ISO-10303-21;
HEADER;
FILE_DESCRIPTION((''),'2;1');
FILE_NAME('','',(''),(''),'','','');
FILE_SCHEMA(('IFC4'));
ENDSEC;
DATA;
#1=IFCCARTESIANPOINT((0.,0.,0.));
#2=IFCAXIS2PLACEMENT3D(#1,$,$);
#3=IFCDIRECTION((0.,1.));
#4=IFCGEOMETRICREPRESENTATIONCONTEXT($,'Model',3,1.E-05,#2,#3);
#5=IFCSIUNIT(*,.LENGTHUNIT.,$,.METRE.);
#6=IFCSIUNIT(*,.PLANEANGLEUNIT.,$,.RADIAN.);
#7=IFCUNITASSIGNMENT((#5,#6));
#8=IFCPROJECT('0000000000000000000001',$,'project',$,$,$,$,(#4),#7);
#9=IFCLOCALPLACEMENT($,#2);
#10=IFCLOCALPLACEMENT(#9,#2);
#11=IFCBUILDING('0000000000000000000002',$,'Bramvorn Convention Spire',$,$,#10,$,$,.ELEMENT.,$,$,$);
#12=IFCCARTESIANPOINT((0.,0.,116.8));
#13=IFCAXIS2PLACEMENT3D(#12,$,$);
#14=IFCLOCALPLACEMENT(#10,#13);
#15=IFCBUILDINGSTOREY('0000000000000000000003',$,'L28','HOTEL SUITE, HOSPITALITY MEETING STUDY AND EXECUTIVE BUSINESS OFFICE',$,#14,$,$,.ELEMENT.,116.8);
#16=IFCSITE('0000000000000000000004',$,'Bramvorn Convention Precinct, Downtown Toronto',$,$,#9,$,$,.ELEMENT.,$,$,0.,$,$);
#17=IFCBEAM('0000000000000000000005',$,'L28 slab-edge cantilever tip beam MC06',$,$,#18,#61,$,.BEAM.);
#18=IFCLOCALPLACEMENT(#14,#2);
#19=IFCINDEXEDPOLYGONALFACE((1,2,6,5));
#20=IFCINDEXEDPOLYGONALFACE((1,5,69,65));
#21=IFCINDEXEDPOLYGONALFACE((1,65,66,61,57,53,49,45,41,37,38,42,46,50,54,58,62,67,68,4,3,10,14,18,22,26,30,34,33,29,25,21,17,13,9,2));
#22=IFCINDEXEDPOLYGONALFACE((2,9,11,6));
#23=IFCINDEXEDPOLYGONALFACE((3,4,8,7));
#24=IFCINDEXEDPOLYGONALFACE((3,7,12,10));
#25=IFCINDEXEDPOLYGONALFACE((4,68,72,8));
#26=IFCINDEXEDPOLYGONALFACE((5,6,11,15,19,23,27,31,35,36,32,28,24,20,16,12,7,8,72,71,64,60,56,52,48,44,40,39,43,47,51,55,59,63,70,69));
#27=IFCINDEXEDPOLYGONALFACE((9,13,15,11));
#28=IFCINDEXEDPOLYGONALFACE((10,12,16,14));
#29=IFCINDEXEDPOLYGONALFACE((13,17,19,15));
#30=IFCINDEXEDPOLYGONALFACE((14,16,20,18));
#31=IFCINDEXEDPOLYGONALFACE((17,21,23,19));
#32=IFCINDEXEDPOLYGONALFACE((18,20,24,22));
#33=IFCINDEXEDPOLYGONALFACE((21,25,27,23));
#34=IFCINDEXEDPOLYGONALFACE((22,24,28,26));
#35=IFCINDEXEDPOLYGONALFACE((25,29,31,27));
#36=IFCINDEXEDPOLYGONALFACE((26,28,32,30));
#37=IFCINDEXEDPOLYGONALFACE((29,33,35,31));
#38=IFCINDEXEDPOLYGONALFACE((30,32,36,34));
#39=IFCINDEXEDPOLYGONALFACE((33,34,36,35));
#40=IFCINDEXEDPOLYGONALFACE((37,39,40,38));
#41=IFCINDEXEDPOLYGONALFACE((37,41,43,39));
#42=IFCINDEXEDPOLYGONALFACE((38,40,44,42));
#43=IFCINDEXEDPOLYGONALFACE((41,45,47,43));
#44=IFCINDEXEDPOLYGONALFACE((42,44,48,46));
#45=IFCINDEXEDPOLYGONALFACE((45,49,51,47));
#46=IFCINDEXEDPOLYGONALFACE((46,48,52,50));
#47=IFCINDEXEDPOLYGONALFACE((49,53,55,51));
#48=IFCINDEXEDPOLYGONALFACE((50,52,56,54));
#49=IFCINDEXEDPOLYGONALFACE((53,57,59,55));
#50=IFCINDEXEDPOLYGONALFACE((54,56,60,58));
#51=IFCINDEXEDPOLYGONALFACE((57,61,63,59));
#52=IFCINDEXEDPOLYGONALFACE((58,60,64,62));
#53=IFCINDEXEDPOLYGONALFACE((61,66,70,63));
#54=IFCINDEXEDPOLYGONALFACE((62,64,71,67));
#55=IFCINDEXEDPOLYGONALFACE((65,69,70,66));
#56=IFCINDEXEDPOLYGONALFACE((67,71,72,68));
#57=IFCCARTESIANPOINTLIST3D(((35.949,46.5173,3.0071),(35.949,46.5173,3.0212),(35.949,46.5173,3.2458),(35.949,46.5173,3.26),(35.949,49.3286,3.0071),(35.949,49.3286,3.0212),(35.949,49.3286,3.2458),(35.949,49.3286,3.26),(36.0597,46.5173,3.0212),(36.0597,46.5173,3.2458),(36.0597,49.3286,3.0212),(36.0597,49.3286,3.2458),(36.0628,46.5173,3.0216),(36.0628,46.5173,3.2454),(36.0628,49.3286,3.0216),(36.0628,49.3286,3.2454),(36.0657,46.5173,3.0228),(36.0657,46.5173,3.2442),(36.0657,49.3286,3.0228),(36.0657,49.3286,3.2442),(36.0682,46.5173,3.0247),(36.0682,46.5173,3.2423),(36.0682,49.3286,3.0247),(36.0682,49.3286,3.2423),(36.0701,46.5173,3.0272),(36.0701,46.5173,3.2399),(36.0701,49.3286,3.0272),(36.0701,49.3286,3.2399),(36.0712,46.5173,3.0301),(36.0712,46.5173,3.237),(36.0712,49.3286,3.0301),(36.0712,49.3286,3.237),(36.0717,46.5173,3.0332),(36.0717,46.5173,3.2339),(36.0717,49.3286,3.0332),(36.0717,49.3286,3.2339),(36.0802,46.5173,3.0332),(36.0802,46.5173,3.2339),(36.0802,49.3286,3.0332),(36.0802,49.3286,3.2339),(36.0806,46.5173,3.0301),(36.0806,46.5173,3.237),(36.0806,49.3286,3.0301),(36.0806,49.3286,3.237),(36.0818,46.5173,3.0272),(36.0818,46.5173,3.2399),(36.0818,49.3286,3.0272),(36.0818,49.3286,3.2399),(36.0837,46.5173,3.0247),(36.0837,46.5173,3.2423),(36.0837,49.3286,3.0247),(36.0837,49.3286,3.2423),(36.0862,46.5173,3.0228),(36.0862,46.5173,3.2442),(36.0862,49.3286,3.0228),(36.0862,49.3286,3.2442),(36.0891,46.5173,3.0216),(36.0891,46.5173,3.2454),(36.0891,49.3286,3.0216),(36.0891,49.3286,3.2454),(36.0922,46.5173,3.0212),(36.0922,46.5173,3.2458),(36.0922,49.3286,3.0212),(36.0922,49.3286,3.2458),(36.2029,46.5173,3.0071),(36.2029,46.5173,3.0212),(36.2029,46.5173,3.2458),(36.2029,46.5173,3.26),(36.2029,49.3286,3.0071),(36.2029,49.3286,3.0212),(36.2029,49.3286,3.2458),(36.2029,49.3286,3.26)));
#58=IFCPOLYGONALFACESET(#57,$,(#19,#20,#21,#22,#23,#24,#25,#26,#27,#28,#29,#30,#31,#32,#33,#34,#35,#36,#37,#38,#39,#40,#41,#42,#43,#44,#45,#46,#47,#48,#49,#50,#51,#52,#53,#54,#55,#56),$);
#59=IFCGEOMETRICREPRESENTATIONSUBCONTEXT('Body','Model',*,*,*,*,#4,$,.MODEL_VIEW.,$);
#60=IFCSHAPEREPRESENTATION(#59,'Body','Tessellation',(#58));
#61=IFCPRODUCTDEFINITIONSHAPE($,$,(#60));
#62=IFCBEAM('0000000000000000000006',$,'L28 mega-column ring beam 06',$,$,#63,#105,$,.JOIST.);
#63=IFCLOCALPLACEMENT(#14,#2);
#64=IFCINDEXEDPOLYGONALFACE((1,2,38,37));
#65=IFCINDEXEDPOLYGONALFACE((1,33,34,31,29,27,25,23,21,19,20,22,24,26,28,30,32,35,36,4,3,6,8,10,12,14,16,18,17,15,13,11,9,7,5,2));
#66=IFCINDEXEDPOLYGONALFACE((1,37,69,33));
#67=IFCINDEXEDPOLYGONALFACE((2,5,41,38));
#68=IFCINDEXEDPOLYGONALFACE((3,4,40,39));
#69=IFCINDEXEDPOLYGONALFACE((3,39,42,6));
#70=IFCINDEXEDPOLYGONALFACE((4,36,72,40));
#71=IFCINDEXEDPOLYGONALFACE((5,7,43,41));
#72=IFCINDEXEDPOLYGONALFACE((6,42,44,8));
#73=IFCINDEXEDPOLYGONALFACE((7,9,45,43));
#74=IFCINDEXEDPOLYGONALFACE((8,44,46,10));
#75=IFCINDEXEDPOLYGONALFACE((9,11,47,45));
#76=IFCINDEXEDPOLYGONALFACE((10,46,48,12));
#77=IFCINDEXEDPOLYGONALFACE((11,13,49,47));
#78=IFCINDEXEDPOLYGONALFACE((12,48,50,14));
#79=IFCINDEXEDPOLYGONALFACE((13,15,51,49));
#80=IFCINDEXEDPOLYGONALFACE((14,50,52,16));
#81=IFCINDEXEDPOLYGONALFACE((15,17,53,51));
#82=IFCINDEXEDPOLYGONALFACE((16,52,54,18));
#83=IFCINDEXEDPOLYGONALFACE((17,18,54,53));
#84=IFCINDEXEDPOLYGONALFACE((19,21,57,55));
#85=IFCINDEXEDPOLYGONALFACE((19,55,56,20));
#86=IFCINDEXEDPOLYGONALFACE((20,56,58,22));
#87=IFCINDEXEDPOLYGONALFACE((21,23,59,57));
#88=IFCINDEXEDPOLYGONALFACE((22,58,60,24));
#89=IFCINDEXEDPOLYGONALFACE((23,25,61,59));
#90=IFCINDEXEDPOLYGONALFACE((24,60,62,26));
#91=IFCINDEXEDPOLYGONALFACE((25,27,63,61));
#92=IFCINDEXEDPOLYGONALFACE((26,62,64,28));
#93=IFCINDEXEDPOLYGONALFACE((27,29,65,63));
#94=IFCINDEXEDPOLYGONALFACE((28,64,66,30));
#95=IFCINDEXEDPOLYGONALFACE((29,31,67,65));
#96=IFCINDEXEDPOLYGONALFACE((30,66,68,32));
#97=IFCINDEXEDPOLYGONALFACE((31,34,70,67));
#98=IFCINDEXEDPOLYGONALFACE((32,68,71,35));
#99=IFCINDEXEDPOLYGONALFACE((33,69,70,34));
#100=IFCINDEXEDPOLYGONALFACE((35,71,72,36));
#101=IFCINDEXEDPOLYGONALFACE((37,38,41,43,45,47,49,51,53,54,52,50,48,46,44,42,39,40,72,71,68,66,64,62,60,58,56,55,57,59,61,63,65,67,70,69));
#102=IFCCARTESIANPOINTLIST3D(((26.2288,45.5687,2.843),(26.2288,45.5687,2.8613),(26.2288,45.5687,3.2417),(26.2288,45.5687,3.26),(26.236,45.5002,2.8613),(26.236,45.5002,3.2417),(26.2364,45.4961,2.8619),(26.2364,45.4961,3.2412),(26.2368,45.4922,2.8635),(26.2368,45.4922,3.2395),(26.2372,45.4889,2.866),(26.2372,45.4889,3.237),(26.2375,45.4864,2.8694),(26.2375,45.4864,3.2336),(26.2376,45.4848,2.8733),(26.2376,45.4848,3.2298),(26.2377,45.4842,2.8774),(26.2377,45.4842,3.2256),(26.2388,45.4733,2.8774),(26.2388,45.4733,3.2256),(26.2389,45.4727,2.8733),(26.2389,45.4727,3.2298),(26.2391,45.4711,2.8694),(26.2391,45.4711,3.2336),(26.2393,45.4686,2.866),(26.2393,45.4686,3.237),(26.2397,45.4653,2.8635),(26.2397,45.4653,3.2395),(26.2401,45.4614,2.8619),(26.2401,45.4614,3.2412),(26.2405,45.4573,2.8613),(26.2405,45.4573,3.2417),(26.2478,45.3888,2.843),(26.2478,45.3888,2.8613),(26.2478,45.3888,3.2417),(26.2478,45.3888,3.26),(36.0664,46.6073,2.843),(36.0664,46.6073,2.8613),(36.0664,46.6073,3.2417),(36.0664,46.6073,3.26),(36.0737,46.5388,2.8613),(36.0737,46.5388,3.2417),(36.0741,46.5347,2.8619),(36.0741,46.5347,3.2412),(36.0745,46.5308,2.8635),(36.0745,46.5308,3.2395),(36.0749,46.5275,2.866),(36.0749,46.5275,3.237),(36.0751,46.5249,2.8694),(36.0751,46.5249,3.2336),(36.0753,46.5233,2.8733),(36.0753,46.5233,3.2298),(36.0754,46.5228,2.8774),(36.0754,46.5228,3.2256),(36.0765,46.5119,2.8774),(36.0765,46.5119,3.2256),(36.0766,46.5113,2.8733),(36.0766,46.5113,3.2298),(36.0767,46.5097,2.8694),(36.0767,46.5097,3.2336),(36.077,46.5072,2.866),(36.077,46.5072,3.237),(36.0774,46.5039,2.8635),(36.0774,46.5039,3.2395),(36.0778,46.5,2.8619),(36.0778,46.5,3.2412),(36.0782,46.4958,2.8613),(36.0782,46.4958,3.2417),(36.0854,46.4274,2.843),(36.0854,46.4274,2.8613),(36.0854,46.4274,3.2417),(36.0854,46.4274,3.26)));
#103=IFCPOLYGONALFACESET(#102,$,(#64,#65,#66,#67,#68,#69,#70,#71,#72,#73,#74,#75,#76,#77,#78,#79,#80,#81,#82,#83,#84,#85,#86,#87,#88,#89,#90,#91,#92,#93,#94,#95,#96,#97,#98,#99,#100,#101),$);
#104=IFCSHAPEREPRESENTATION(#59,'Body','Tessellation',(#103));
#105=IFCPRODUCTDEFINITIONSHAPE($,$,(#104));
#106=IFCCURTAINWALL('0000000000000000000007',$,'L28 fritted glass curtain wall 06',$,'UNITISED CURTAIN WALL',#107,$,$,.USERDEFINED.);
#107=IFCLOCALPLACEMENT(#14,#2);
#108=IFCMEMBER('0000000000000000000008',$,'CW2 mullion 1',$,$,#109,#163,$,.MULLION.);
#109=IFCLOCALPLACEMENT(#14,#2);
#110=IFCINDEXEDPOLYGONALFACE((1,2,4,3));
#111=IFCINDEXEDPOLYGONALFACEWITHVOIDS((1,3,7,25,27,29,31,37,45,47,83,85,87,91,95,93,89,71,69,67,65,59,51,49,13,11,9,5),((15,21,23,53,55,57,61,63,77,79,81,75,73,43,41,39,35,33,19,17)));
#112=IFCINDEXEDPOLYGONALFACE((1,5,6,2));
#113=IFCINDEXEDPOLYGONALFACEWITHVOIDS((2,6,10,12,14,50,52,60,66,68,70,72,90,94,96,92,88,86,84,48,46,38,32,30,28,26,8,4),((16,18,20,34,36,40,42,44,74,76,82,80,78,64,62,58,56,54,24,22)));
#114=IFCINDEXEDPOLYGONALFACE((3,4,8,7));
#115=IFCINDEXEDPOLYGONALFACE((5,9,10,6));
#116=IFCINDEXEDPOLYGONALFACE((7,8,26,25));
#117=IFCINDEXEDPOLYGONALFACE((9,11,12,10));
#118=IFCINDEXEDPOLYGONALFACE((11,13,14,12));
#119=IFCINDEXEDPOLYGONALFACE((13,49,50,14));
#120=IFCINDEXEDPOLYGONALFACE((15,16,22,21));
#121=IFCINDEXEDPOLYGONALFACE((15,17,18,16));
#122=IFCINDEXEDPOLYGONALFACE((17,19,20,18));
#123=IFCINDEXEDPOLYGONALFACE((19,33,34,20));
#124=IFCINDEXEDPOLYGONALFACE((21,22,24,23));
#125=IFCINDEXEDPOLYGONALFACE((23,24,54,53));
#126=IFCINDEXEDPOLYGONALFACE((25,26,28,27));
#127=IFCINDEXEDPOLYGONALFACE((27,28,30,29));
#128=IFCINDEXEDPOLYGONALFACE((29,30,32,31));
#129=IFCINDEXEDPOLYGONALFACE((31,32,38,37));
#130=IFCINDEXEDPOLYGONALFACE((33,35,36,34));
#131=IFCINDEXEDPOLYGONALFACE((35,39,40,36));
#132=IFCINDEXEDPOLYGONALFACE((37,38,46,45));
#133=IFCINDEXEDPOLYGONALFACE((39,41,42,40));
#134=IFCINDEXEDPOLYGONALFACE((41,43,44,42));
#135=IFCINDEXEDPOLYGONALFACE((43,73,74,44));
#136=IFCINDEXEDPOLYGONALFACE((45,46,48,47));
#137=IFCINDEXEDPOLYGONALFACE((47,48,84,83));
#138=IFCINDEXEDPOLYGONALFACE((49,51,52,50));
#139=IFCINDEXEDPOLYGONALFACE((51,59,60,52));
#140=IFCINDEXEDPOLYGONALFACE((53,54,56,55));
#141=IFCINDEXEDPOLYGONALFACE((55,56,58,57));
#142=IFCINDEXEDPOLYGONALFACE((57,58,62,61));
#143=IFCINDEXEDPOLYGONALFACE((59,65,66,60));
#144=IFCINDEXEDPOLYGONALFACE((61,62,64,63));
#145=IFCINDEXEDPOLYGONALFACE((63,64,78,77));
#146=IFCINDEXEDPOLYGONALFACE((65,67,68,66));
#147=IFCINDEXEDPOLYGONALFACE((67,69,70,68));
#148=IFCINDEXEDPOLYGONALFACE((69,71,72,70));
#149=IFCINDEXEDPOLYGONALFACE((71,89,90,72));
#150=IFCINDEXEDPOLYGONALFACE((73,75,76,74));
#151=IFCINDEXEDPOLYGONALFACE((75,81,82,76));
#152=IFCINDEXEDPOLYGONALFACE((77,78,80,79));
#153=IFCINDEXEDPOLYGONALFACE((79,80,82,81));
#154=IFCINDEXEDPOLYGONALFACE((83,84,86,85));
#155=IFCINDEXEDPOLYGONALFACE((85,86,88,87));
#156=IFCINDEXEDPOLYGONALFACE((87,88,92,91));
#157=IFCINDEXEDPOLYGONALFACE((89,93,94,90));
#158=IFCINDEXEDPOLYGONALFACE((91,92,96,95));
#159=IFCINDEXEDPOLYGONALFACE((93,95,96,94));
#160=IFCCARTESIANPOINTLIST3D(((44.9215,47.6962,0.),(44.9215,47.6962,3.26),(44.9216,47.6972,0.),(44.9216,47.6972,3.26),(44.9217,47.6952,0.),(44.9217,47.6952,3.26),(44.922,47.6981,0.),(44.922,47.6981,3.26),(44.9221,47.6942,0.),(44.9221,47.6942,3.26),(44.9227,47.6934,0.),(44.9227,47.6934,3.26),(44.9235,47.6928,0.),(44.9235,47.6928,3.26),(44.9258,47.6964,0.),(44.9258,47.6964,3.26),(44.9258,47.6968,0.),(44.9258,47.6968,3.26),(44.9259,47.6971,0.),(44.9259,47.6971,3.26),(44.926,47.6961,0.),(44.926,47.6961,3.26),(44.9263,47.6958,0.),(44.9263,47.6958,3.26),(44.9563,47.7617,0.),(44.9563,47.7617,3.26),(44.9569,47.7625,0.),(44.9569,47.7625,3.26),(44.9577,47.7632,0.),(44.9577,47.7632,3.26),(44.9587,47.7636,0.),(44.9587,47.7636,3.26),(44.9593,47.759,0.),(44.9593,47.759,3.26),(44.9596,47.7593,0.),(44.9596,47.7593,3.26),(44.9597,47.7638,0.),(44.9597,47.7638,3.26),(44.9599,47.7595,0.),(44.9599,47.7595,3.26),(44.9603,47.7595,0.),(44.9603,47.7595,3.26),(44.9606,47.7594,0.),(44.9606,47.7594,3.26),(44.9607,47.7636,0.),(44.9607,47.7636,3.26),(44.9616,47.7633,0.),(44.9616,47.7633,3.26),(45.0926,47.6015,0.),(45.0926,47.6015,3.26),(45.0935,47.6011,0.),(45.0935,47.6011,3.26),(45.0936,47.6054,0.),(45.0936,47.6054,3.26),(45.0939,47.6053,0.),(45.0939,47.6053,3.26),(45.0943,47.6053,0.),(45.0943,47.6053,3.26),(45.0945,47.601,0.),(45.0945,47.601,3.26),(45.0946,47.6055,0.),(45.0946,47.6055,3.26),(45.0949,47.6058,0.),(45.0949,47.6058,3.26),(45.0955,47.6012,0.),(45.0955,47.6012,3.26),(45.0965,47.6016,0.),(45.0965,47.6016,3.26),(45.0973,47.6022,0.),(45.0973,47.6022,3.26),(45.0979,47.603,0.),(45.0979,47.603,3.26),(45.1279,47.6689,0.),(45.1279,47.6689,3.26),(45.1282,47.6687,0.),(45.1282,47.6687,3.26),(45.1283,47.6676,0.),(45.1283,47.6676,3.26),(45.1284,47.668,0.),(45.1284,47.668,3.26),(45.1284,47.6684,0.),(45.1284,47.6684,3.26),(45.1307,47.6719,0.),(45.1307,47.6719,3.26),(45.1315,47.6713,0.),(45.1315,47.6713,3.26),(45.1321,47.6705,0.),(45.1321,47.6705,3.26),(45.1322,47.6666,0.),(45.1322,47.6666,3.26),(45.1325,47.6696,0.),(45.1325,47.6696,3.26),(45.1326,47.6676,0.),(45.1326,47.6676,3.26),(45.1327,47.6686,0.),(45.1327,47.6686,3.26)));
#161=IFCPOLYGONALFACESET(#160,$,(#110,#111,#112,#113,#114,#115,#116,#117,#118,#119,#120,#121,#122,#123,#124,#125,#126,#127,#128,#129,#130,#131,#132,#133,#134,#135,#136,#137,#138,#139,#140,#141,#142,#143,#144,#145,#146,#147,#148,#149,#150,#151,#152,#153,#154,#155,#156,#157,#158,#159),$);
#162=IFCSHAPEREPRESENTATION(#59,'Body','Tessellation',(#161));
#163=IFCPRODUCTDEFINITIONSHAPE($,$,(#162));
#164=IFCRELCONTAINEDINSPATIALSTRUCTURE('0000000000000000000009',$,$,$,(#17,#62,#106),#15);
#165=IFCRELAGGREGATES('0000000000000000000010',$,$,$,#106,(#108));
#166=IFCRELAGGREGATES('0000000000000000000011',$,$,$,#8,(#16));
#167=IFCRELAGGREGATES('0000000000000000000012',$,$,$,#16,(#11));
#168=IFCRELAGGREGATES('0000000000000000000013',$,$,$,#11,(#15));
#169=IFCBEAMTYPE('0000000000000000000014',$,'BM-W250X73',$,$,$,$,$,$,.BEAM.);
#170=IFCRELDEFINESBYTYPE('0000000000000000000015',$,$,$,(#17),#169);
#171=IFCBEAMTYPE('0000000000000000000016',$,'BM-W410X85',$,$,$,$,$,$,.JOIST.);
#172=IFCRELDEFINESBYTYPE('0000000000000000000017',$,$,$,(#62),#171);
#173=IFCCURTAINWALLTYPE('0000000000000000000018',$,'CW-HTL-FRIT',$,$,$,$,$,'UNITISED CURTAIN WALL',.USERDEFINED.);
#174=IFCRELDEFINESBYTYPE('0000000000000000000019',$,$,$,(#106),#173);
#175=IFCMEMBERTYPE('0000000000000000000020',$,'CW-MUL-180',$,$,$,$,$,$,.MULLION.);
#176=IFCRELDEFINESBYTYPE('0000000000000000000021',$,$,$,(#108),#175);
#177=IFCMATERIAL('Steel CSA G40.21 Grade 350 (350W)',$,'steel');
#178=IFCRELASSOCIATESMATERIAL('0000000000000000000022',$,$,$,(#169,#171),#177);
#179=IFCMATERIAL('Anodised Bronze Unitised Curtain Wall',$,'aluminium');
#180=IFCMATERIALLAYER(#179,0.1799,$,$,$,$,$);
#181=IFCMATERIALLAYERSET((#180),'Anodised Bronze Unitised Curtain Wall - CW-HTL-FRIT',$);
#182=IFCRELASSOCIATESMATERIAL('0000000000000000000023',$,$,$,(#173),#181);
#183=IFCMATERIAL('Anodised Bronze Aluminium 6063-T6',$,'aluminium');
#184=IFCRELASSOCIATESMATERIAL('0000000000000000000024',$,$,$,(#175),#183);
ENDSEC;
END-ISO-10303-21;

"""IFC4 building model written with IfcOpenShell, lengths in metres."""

from ifc_helpers import new_model, si_unit, direction, frame, origin, origin_2d, place, context, subcontext, project, spatial, hollow_rectangle, i_section, extrude, material, layer, layer_set, material_profile, profile_set, type_object, element, aggregate, save


model = new_model("IFC4")

# Units and contexts
model_context = context("Model", 3, precision=1e-05, world=origin(), true_north=direction((0.0, 1.0)))
body_context = subcontext(model_context, "Body", "Model", "MODEL_VIEW")
ifc_project = project(units=[si_unit("LENGTHUNIT", "METRE"), si_unit("PLANEANGLEUNIT", "RADIAN")], contexts=[model_context])

# Site, building, storey
site_placement = place(None, origin())
site = spatial("IfcSite", under=ifc_project, at=site_placement, Name="Bramvorn Convention Precinct, Downtown Toronto", CompositionType="ELEMENT", RefElevation=0.0)
building_placement = place(site_placement, origin())
building = spatial("IfcBuilding", under=site, at=building_placement, Name="Bramvorn Convention Spire", CompositionType="ELEMENT")
storey_placement = place(building_placement, frame((0.0, 0.0, 116.8)))
storey = spatial("IfcBuildingStorey", under=building, at=storey_placement, Name="L28", Description="HOTEL SUITE, HOSPITALITY MEETING STUDY AND EXECUTIVE BUSINESS OFFICE", CompositionType="ELEMENT", Elevation=116.8)

# Shared definitions
ifc_material_1 = material(Name="Steel CSA G40.21 Grade 350 (350W)", Category="steel")

# Beams
ifc_material_profile_1 = material_profile(ifc_material_1, i_section(OverallWidth=0.2539, OverallDepth=0.2529, WebThickness=0.0085, FlangeThickness=0.0142, FilletRadius=0.012, at=origin_2d()))
ifc_profile_set_1 = profile_set([ifc_material_profile_1], Name="Steel CSA G40.21 Grade 350 (350W) - W250X73")
beam_type_1 = type_object("IfcBeamType", Name="BM-W250X73", PredefinedType="BEAM", material=ifc_profile_set_1)
beam_1_placement = place(storey_placement, frame((36.0759, 46.5173, 3.1335), z_axis=(0.0, 1.0, 0.0), x_axis=(-1.0, 0.0, 0.0)))
element("IfcBeam", 1, at=beam_1_placement, inside=storey, type_object=beam_type_1, Name="L28 slab-edge cantilever tip beam MC06", PredefinedType="BEAM", context=body_context, shape_type="SweptSolid", body=[
    extrude(i_section(OverallWidth=0.2539, OverallDepth=0.2529, WebThickness=0.0085, FlangeThickness=0.0142, FilletRadius=0.012, at=origin_2d()), origin(), (0.0, 0.0, 1.0), 2.8113),
])
ifc_material_profile_2 = material_profile(ifc_material_1, i_section(OverallWidth=0.1809, OverallDepth=0.417, WebThickness=0.011, FlangeThickness=0.0183, FilletRadius=0.0161, at=origin_2d()))
ifc_profile_set_2 = profile_set([ifc_material_profile_2], Name="Steel CSA G40.21 Grade 350 (350W) - W410X85")
beam_type_2 = type_object("IfcBeamType", Name="BM-W410X85", PredefinedType="JOIST", material=ifc_profile_set_2)
beam_2_placement = place(storey_placement, frame((36.0759, 46.5173, 3.0515), z_axis=(-0.994473, -0.104988, 0.0), x_axis=(0.104988, -0.994473, 0.0)))
element("IfcBeam", 2, at=beam_2_placement, inside=storey, type_object=beam_type_2, Name="L28 mega-column ring beam 06", PredefinedType="JOIST", context=body_context, shape_type="SweptSolid", body=[
    extrude(i_section(OverallWidth=0.1809, OverallDepth=0.417, WebThickness=0.011, FlangeThickness=0.0183, FilletRadius=0.0161, at=origin_2d()), origin(), (0.0, 0.0, 1.0), 9.8923),
])

# Curtain wall, member
ifc_material_2 = material(Name="Anodised Bronze Unitised Curtain Wall", Category="aluminium")
ifc_layer_1 = layer(ifc_material_2, 0.1799)
ifc_layer_set_1 = layer_set([ifc_layer_1], Name="Anodised Bronze Unitised Curtain Wall - CW-HTL-FRIT")
curtain_wall_type = type_object("IfcCurtainWallType", Name="CW-HTL-FRIT", ElementType="UNITISED CURTAIN WALL", PredefinedType="USERDEFINED", material=ifc_layer_set_1)
curtain_wall_1_placement = place(storey_placement, origin())
curtain_wall_1 = element("IfcCurtainWall", 3, at=curtain_wall_1_placement, inside=storey, type_object=curtain_wall_type, Name="L28 fritted glass curtain wall 06", ObjectType="UNITISED CURTAIN WALL", PredefinedType="USERDEFINED")
ifc_material_3 = material(Name="Anodised Bronze Aluminium 6063-T6", Category="aluminium")
ifc_material_profile_3 = material_profile(ifc_material_3, hollow_rectangle(XDim=0.0801, YDim=0.2, WallThickness=0.0039, InnerFilletRadius=0.001, OuterFilletRadius=0.0039, at=origin_2d()))
ifc_profile_set_3 = profile_set([ifc_material_profile_3], Name="Anodised Bronze Aluminium 6063-T6 - CWM80X200")
member_type_1 = type_object("IfcMemberType", Name="CW-MUL-180", PredefinedType="MULLION", material=ifc_profile_set_3)
member_1_placement = place(storey_placement, frame((45.0271, 47.6824, 0.0), z_axis=(0.0, 0.0, 1.0), x_axis=(0.475593, 0.879666, 0.0)))
member_1 = element("IfcMember", 4, at=member_1_placement, type_object=member_type_1, Name="CW2 mullion 1", PredefinedType="MULLION", context=body_context, shape_type="SweptSolid", body=[
    extrude(hollow_rectangle(XDim=0.0801, YDim=0.2, WallThickness=0.0039, InnerFilletRadius=0.001, OuterFilletRadius=0.0039, at=origin_2d()), origin(), (0.0, 0.0, 1.0), 3.26),
])

aggregate(curtain_wall_1, [member_1])

save(model, "model.ifc")
